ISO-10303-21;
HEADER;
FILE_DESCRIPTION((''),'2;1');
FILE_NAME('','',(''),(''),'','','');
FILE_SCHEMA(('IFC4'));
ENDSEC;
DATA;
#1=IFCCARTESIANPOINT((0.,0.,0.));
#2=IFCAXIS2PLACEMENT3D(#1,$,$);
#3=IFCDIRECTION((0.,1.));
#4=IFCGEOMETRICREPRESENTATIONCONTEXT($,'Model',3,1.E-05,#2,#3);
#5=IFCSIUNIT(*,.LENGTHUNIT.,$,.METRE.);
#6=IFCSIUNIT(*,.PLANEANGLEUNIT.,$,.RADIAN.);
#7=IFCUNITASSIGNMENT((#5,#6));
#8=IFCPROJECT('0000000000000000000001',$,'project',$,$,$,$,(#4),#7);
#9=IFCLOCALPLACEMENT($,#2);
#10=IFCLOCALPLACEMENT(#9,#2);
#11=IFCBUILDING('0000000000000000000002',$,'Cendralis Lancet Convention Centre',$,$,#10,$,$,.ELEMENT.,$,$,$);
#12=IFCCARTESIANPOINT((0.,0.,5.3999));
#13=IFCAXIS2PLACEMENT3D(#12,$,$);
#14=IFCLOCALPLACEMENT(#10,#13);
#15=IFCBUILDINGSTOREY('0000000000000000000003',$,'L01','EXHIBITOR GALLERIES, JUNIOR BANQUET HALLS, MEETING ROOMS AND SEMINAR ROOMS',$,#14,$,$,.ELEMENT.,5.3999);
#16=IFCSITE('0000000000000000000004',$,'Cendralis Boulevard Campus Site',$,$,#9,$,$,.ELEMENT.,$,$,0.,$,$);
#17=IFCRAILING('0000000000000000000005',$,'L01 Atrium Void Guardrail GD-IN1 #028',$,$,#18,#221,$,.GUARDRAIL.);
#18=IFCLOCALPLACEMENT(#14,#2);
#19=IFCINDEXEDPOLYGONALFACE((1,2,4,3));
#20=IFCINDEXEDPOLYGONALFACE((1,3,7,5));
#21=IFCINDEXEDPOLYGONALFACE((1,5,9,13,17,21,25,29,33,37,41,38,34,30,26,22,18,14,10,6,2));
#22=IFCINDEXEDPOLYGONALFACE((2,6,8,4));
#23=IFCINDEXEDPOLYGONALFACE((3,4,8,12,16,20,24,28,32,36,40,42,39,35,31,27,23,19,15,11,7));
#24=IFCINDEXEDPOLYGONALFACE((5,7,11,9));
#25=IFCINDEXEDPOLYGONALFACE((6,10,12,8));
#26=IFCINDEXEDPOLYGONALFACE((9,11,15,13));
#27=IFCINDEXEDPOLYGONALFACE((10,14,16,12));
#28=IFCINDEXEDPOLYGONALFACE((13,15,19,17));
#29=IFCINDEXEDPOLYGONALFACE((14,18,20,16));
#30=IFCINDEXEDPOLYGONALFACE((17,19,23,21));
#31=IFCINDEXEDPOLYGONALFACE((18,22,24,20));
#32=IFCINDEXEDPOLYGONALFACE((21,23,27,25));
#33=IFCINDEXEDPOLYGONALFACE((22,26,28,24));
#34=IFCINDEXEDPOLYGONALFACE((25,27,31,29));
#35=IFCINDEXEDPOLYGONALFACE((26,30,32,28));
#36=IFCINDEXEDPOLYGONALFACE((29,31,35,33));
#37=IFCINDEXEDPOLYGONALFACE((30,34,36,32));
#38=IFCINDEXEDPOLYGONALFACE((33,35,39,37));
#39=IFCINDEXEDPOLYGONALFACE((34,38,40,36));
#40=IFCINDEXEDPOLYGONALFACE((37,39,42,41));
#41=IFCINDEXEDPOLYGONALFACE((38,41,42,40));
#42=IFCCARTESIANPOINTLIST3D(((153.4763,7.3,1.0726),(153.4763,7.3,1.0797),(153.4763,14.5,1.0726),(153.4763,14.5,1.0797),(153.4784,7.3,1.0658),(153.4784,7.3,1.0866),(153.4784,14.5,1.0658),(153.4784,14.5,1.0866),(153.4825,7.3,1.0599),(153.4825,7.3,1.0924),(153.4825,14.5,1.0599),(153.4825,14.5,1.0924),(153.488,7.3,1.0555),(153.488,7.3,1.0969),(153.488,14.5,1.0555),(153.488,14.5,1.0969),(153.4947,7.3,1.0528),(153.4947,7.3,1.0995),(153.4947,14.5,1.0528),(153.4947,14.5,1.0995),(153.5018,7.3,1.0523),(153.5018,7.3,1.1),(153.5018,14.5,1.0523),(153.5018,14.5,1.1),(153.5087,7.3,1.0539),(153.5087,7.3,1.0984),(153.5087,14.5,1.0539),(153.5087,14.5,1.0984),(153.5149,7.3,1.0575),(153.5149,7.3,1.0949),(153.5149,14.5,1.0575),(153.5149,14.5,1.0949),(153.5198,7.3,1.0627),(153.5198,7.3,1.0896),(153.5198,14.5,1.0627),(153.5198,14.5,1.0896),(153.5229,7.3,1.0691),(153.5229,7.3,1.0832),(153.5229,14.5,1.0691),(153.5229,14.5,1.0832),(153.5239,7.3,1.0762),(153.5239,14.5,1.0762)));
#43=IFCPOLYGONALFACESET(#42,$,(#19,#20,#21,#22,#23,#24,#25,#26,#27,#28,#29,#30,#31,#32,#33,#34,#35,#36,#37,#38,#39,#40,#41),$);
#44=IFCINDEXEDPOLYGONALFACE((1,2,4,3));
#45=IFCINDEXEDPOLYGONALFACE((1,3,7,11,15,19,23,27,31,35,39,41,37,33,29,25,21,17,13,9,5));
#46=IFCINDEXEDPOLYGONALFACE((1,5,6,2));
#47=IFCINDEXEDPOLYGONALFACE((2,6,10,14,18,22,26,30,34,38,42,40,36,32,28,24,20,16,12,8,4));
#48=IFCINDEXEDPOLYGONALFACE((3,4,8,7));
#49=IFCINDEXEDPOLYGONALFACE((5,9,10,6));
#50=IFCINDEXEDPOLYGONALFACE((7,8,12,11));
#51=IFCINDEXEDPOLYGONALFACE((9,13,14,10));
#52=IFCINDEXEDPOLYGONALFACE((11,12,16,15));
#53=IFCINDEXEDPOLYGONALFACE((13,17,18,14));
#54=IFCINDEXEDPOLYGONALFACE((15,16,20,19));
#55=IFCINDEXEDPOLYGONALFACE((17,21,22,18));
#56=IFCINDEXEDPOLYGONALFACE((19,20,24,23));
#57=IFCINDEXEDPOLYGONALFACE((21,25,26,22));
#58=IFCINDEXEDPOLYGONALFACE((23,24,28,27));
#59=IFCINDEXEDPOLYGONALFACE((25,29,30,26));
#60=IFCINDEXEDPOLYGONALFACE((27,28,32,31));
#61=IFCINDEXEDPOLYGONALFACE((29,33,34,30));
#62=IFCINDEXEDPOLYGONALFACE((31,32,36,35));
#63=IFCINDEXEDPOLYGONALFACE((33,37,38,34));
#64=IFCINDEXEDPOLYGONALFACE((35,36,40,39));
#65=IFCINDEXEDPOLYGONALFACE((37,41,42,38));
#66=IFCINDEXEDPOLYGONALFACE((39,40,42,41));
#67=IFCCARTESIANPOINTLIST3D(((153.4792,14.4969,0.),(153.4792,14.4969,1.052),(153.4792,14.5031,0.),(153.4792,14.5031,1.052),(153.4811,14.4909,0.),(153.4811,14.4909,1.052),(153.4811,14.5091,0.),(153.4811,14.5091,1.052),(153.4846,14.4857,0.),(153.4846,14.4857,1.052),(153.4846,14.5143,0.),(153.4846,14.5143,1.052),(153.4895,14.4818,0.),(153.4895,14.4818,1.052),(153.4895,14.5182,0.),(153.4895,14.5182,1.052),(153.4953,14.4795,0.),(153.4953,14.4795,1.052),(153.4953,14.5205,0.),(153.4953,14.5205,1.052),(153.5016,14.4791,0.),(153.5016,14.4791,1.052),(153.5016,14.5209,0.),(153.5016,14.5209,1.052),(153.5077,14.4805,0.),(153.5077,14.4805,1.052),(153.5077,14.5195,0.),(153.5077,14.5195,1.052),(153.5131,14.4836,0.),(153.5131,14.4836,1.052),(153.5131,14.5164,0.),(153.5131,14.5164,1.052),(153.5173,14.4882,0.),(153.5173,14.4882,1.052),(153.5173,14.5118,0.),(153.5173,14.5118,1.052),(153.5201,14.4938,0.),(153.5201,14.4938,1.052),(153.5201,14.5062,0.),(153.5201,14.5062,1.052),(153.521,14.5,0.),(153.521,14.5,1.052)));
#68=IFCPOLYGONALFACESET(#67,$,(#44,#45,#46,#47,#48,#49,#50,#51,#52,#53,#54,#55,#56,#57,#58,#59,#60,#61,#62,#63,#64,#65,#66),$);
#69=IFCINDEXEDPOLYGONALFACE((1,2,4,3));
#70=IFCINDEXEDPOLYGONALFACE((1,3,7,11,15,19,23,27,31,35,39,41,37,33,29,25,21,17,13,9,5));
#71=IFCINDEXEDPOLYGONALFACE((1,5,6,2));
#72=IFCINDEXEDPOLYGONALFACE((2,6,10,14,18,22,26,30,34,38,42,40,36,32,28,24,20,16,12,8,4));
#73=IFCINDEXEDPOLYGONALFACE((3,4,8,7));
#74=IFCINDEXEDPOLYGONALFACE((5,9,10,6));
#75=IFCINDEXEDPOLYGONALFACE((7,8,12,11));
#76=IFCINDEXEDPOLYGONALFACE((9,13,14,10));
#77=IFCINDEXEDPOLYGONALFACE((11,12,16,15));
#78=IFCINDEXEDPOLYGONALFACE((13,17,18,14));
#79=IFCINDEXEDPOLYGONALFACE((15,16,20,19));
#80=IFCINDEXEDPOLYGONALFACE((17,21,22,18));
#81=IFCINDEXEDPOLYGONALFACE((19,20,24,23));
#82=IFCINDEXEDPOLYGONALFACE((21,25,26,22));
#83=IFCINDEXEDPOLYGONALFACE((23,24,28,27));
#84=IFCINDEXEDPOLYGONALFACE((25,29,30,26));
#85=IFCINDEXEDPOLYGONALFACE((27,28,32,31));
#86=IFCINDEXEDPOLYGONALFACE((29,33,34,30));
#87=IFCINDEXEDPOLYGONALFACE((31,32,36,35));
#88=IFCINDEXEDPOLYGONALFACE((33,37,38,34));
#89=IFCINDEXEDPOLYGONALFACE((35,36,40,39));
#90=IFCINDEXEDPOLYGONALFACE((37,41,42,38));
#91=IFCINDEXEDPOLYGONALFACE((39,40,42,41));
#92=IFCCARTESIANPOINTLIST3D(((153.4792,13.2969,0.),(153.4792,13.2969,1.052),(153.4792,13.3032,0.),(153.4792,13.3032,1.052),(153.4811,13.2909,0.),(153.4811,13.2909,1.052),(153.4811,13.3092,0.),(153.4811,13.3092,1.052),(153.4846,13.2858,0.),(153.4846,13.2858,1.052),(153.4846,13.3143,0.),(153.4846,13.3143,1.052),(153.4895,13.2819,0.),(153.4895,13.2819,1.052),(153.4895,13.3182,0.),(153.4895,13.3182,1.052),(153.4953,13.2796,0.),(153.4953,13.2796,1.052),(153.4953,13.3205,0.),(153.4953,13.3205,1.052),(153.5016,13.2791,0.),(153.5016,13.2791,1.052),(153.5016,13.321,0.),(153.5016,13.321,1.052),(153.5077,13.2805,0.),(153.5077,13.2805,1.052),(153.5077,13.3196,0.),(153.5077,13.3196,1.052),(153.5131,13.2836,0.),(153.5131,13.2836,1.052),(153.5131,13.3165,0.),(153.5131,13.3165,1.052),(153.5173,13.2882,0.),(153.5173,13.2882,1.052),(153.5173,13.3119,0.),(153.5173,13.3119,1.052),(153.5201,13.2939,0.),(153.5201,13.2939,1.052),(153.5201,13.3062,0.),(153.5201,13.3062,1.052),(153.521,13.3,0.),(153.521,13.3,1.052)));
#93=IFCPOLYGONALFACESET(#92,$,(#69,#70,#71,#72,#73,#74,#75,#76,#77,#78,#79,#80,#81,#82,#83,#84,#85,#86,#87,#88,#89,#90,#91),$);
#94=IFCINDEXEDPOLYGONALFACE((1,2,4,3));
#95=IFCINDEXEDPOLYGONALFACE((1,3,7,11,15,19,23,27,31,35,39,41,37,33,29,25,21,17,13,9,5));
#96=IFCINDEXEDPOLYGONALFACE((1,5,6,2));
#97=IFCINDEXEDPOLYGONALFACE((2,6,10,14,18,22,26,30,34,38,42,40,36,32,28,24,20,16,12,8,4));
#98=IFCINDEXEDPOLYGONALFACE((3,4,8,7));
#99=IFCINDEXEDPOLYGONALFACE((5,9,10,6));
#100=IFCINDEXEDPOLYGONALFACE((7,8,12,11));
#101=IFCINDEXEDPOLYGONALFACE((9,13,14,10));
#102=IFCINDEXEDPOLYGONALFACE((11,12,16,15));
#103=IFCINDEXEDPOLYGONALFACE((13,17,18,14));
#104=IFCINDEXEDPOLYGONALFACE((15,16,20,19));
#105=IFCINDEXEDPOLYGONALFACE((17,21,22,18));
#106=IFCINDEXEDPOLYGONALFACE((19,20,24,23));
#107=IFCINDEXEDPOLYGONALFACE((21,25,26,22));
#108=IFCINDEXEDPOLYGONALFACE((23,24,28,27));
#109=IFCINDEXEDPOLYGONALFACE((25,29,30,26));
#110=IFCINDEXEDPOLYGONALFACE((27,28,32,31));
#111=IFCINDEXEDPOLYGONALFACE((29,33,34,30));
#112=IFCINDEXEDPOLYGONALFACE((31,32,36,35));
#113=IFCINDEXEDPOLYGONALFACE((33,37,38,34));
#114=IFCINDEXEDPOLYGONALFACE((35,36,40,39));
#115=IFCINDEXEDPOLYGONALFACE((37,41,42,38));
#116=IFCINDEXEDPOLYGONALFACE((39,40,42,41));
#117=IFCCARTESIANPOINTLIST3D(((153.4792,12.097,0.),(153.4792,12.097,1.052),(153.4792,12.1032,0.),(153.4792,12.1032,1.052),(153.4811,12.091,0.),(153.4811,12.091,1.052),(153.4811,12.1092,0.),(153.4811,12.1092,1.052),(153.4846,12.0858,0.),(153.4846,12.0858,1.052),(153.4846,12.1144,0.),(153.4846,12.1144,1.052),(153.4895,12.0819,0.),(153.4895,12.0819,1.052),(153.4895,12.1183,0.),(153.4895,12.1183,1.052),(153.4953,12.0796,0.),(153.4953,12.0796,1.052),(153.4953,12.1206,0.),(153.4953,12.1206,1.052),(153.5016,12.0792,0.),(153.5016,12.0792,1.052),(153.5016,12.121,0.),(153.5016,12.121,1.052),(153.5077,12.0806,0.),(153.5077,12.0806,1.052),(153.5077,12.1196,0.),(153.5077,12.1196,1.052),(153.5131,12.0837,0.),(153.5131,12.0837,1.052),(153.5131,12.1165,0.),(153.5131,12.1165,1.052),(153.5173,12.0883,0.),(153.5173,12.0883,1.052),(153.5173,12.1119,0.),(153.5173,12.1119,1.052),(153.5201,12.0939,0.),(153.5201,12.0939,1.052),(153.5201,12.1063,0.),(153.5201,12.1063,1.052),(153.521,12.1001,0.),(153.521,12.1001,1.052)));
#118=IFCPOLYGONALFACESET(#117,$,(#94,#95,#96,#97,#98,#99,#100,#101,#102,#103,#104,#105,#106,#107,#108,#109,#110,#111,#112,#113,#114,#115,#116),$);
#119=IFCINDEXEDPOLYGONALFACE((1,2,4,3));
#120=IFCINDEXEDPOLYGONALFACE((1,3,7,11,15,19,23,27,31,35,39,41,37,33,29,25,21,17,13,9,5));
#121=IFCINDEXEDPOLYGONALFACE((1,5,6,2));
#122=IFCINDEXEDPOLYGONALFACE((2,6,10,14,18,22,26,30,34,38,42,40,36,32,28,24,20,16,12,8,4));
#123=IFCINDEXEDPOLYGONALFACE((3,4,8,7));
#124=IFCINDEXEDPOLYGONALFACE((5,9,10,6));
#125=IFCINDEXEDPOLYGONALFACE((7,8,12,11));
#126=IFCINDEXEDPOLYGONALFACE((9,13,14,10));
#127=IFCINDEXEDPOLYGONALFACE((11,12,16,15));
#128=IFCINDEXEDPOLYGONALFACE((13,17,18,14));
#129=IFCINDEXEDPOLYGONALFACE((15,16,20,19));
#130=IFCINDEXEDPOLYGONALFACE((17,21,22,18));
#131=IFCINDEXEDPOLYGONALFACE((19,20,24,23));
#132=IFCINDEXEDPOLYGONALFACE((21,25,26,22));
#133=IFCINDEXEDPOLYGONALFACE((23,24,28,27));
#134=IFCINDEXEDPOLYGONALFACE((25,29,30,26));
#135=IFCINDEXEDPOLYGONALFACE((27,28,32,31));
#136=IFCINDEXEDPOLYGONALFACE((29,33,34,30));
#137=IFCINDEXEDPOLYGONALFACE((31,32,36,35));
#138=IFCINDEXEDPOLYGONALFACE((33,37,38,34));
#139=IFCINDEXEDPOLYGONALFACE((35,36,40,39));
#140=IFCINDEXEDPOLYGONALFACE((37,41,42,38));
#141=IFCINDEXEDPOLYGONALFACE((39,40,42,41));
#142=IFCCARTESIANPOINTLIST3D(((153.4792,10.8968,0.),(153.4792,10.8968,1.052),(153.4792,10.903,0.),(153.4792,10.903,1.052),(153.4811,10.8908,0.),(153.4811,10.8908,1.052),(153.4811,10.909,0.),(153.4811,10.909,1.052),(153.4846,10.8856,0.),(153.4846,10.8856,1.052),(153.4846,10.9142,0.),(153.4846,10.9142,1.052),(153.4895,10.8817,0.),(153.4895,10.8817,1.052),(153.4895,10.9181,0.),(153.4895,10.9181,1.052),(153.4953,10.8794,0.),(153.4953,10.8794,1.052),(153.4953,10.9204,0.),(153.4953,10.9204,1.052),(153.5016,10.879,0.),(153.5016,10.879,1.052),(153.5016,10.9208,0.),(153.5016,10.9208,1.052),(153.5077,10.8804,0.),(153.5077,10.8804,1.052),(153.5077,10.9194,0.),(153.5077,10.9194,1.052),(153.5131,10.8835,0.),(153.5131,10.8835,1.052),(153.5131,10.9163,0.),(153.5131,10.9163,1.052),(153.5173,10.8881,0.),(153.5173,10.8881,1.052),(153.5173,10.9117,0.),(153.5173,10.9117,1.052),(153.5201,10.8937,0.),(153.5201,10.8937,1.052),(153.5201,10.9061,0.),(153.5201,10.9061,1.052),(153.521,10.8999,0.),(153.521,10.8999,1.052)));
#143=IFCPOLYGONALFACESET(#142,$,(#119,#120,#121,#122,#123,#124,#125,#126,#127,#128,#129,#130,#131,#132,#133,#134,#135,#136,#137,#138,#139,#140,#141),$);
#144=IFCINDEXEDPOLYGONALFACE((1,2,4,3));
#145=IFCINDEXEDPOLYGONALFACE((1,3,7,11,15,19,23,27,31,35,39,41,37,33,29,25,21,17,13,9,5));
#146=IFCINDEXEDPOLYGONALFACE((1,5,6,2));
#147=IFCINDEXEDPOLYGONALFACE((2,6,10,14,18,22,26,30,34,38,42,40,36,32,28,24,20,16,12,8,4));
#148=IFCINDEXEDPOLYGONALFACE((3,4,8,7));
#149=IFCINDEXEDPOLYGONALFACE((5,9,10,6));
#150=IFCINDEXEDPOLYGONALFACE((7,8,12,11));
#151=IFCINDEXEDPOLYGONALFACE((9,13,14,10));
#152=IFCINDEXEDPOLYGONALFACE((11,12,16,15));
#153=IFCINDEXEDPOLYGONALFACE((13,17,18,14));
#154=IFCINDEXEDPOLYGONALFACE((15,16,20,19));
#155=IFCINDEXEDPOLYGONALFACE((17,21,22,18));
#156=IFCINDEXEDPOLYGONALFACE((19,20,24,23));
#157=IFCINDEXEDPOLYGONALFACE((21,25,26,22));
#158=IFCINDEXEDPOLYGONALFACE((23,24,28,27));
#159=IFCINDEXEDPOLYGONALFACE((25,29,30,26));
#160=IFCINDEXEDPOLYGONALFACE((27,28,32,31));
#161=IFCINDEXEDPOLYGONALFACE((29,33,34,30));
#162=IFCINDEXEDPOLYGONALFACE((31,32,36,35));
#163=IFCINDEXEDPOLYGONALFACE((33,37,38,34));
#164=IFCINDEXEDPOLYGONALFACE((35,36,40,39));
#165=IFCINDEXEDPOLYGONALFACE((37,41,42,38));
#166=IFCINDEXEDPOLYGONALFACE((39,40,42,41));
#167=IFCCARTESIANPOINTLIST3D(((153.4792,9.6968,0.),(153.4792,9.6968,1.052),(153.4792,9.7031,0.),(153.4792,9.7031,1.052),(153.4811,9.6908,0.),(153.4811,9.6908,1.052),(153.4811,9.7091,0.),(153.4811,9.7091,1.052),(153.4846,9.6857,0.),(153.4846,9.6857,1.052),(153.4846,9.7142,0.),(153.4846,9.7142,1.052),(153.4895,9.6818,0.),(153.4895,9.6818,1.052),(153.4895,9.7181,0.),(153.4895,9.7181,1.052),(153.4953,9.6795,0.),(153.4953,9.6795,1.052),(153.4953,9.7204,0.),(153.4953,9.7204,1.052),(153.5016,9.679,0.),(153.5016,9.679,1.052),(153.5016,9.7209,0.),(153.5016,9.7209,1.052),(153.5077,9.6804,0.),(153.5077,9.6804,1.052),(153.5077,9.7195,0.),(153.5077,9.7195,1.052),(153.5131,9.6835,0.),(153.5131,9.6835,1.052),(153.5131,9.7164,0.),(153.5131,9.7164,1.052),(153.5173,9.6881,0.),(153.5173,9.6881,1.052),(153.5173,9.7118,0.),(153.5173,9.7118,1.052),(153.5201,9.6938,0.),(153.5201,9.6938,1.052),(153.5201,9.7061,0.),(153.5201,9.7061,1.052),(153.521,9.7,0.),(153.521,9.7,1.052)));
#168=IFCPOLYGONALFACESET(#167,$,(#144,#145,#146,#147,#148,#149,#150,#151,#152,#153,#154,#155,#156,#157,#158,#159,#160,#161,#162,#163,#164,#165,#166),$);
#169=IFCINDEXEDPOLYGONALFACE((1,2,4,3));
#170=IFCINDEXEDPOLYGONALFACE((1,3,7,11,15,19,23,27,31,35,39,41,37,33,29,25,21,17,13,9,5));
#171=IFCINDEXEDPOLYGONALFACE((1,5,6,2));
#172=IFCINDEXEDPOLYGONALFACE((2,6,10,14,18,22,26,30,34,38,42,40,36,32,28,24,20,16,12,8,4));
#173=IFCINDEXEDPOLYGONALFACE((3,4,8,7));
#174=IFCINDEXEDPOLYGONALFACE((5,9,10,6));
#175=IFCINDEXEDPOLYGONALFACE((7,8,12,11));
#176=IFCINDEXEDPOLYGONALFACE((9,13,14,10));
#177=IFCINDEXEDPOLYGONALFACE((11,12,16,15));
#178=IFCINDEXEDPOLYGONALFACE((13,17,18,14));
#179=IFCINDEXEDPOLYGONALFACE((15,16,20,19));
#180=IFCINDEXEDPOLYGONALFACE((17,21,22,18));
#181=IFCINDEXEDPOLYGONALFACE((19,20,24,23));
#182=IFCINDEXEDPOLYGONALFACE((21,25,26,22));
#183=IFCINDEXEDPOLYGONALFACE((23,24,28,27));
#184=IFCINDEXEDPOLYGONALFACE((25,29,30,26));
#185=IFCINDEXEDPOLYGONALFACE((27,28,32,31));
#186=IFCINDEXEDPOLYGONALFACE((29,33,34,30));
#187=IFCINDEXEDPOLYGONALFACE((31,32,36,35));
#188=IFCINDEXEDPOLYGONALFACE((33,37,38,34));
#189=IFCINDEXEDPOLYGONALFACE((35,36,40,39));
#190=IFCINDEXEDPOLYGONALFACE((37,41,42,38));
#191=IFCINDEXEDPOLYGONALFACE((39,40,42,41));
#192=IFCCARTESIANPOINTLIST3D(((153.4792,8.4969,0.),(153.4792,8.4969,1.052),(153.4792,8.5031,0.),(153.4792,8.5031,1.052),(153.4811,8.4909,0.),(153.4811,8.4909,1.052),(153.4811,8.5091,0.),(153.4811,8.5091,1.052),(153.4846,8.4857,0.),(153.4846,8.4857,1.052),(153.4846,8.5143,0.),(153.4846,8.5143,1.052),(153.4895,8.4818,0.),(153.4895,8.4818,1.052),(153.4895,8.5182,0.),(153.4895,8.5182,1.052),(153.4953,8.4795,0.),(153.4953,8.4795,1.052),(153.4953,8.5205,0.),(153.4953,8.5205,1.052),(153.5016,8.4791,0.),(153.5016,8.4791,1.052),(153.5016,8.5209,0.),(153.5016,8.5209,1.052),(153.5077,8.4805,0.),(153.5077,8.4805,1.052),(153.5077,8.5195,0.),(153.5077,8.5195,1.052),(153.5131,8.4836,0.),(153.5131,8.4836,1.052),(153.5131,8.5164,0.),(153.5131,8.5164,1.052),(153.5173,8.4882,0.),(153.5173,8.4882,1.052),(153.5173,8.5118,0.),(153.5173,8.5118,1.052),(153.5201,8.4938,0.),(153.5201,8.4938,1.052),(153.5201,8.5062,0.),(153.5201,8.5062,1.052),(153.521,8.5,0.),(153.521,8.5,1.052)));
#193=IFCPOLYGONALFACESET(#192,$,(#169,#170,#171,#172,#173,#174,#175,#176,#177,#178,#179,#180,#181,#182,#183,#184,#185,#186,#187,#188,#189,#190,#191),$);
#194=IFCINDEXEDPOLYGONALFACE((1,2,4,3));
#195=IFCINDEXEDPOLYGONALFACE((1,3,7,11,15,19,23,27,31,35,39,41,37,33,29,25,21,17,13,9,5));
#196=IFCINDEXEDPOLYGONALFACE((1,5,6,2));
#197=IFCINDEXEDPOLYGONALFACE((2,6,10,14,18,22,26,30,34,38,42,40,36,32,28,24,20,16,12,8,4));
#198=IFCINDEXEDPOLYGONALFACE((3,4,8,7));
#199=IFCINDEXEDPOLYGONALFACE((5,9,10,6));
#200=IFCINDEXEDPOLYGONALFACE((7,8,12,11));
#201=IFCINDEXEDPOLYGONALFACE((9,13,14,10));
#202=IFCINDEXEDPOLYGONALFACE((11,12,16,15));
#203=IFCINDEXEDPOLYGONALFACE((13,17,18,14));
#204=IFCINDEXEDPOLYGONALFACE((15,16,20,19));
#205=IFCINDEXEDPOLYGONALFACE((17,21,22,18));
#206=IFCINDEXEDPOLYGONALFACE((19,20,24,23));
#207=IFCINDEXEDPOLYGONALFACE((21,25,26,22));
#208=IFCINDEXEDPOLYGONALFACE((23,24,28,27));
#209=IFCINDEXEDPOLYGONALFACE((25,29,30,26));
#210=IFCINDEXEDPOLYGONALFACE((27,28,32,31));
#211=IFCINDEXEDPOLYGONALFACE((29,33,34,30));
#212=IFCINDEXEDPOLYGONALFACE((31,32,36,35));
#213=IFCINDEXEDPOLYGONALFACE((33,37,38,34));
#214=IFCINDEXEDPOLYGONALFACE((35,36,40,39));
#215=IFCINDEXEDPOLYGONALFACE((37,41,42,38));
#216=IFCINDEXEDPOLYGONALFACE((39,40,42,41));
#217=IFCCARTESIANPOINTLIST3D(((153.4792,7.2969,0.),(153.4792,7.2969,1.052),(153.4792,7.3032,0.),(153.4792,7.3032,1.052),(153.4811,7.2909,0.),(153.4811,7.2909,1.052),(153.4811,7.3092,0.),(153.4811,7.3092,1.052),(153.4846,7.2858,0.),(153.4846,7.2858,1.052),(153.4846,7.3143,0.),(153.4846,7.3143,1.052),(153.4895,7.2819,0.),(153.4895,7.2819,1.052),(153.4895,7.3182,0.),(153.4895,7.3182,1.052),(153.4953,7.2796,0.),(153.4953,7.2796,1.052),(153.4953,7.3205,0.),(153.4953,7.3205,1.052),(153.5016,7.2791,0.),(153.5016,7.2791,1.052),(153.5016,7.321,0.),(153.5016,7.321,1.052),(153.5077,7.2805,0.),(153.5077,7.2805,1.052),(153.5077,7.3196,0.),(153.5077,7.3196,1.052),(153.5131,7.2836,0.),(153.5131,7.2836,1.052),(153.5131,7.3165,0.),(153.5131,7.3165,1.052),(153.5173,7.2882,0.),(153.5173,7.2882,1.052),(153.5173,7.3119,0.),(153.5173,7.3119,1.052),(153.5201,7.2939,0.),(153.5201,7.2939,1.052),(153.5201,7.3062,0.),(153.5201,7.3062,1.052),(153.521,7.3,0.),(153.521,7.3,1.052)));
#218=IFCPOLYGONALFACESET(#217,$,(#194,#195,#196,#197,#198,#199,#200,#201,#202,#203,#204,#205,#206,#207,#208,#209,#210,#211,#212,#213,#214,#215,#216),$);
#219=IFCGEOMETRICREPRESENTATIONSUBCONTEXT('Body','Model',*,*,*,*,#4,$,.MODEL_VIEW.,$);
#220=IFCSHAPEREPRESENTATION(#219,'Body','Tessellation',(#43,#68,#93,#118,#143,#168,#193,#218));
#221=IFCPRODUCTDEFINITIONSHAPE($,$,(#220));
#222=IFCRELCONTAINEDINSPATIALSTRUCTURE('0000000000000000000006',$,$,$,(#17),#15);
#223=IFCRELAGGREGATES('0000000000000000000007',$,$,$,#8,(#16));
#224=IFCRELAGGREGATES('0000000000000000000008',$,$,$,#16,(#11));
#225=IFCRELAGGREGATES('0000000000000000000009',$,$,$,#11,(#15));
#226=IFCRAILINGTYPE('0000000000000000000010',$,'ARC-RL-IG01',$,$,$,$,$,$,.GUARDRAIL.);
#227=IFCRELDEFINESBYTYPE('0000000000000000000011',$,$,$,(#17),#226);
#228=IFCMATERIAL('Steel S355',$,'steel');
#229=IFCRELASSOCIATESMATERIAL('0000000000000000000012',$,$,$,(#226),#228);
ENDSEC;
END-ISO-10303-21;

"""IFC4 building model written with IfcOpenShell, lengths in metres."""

from ifc_helpers import new_model, si_unit, direction, frame, origin, origin_2d, place, context, subcontext, project, spatial, circle, extrude, material, type_object, element, save


model = new_model("IFC4")

# Units and contexts
model_context = context("Model", 3, precision=1e-05, world=origin(), true_north=direction((0.0, 1.0)))
body_context = subcontext(model_context, "Body", "Model", "MODEL_VIEW")
ifc_project = project(units=[si_unit("LENGTHUNIT", "METRE"), si_unit("PLANEANGLEUNIT", "RADIAN")], contexts=[model_context])

# Site, building, storey
site_placement = place(None, origin())
site = spatial("IfcSite", under=ifc_project, at=site_placement, Name="Cendralis Boulevard Campus Site", CompositionType="ELEMENT", RefElevation=0.0)
building_placement = place(site_placement, origin())
building = spatial("IfcBuilding", under=site, at=building_placement, Name="Cendralis Lancet Convention Centre", CompositionType="ELEMENT")
storey_placement = place(building_placement, frame((0.0, 0.0, 5.3999)))
storey = spatial("IfcBuildingStorey", under=building, at=storey_placement, Name="L01", Description="EXHIBITOR GALLERIES, JUNIOR BANQUET HALLS, MEETING ROOMS AND SEMINAR ROOMS", CompositionType="ELEMENT", Elevation=5.3999)

# Shared definitions
ifc_material_1 = material(Name="Steel S355", Category="steel")

# Railing
railing_type = type_object("IfcRailingType", Name="ARC-RL-IG01", PredefinedType="GUARDRAIL", material=ifc_material_1)
railing_1_placement = place(storey_placement, frame((153.5, 14.5, 0.0)))
element("IfcRailing", 1, at=railing_1_placement, inside=storey, type_object=railing_type, Name="L01 Atrium Void Guardrail GD-IN1 #028", PredefinedType="GUARDRAIL", context=body_context, shape_type="SweptSolid", body=[
    extrude(circle(Radius=0.0239, at=origin_2d()), frame((0.0, 0.0, 1.0762), z_axis=(0.0, -1.0, 0.0), x_axis=(1.0, 0.0, 0.0)), (0.0, 0.0, 1.0), 7.2),
    extrude(circle(Radius=0.021, at=origin_2d()), origin(), (0.0, 0.0, 1.0), 1.052),
    extrude(circle(Radius=0.021, at=origin_2d()), frame((0.0, -1.2, 0.0)), (0.0, 0.0, 1.0), 1.052),
    extrude(circle(Radius=0.021, at=origin_2d()), frame((0.0, -2.3999, 0.0)), (0.0, 0.0, 1.0), 1.052),
    extrude(circle(Radius=0.021, at=origin_2d()), frame((0.0, -3.6001, 0.0)), (0.0, 0.0, 1.0), 1.052),
    extrude(circle(Radius=0.021, at=origin_2d()), frame((0.0, -4.8, 0.0)), (0.0, 0.0, 1.0), 1.052),
    extrude(circle(Radius=0.021, at=origin_2d()), frame((0.0, -6.0, 0.0)), (0.0, 0.0, 1.0), 1.052),
    extrude(circle(Radius=0.021, at=origin_2d()), frame((0.0, -7.2, 0.0)), (0.0, 0.0, 1.0), 1.052),
])

save(model, "model.ifc")
